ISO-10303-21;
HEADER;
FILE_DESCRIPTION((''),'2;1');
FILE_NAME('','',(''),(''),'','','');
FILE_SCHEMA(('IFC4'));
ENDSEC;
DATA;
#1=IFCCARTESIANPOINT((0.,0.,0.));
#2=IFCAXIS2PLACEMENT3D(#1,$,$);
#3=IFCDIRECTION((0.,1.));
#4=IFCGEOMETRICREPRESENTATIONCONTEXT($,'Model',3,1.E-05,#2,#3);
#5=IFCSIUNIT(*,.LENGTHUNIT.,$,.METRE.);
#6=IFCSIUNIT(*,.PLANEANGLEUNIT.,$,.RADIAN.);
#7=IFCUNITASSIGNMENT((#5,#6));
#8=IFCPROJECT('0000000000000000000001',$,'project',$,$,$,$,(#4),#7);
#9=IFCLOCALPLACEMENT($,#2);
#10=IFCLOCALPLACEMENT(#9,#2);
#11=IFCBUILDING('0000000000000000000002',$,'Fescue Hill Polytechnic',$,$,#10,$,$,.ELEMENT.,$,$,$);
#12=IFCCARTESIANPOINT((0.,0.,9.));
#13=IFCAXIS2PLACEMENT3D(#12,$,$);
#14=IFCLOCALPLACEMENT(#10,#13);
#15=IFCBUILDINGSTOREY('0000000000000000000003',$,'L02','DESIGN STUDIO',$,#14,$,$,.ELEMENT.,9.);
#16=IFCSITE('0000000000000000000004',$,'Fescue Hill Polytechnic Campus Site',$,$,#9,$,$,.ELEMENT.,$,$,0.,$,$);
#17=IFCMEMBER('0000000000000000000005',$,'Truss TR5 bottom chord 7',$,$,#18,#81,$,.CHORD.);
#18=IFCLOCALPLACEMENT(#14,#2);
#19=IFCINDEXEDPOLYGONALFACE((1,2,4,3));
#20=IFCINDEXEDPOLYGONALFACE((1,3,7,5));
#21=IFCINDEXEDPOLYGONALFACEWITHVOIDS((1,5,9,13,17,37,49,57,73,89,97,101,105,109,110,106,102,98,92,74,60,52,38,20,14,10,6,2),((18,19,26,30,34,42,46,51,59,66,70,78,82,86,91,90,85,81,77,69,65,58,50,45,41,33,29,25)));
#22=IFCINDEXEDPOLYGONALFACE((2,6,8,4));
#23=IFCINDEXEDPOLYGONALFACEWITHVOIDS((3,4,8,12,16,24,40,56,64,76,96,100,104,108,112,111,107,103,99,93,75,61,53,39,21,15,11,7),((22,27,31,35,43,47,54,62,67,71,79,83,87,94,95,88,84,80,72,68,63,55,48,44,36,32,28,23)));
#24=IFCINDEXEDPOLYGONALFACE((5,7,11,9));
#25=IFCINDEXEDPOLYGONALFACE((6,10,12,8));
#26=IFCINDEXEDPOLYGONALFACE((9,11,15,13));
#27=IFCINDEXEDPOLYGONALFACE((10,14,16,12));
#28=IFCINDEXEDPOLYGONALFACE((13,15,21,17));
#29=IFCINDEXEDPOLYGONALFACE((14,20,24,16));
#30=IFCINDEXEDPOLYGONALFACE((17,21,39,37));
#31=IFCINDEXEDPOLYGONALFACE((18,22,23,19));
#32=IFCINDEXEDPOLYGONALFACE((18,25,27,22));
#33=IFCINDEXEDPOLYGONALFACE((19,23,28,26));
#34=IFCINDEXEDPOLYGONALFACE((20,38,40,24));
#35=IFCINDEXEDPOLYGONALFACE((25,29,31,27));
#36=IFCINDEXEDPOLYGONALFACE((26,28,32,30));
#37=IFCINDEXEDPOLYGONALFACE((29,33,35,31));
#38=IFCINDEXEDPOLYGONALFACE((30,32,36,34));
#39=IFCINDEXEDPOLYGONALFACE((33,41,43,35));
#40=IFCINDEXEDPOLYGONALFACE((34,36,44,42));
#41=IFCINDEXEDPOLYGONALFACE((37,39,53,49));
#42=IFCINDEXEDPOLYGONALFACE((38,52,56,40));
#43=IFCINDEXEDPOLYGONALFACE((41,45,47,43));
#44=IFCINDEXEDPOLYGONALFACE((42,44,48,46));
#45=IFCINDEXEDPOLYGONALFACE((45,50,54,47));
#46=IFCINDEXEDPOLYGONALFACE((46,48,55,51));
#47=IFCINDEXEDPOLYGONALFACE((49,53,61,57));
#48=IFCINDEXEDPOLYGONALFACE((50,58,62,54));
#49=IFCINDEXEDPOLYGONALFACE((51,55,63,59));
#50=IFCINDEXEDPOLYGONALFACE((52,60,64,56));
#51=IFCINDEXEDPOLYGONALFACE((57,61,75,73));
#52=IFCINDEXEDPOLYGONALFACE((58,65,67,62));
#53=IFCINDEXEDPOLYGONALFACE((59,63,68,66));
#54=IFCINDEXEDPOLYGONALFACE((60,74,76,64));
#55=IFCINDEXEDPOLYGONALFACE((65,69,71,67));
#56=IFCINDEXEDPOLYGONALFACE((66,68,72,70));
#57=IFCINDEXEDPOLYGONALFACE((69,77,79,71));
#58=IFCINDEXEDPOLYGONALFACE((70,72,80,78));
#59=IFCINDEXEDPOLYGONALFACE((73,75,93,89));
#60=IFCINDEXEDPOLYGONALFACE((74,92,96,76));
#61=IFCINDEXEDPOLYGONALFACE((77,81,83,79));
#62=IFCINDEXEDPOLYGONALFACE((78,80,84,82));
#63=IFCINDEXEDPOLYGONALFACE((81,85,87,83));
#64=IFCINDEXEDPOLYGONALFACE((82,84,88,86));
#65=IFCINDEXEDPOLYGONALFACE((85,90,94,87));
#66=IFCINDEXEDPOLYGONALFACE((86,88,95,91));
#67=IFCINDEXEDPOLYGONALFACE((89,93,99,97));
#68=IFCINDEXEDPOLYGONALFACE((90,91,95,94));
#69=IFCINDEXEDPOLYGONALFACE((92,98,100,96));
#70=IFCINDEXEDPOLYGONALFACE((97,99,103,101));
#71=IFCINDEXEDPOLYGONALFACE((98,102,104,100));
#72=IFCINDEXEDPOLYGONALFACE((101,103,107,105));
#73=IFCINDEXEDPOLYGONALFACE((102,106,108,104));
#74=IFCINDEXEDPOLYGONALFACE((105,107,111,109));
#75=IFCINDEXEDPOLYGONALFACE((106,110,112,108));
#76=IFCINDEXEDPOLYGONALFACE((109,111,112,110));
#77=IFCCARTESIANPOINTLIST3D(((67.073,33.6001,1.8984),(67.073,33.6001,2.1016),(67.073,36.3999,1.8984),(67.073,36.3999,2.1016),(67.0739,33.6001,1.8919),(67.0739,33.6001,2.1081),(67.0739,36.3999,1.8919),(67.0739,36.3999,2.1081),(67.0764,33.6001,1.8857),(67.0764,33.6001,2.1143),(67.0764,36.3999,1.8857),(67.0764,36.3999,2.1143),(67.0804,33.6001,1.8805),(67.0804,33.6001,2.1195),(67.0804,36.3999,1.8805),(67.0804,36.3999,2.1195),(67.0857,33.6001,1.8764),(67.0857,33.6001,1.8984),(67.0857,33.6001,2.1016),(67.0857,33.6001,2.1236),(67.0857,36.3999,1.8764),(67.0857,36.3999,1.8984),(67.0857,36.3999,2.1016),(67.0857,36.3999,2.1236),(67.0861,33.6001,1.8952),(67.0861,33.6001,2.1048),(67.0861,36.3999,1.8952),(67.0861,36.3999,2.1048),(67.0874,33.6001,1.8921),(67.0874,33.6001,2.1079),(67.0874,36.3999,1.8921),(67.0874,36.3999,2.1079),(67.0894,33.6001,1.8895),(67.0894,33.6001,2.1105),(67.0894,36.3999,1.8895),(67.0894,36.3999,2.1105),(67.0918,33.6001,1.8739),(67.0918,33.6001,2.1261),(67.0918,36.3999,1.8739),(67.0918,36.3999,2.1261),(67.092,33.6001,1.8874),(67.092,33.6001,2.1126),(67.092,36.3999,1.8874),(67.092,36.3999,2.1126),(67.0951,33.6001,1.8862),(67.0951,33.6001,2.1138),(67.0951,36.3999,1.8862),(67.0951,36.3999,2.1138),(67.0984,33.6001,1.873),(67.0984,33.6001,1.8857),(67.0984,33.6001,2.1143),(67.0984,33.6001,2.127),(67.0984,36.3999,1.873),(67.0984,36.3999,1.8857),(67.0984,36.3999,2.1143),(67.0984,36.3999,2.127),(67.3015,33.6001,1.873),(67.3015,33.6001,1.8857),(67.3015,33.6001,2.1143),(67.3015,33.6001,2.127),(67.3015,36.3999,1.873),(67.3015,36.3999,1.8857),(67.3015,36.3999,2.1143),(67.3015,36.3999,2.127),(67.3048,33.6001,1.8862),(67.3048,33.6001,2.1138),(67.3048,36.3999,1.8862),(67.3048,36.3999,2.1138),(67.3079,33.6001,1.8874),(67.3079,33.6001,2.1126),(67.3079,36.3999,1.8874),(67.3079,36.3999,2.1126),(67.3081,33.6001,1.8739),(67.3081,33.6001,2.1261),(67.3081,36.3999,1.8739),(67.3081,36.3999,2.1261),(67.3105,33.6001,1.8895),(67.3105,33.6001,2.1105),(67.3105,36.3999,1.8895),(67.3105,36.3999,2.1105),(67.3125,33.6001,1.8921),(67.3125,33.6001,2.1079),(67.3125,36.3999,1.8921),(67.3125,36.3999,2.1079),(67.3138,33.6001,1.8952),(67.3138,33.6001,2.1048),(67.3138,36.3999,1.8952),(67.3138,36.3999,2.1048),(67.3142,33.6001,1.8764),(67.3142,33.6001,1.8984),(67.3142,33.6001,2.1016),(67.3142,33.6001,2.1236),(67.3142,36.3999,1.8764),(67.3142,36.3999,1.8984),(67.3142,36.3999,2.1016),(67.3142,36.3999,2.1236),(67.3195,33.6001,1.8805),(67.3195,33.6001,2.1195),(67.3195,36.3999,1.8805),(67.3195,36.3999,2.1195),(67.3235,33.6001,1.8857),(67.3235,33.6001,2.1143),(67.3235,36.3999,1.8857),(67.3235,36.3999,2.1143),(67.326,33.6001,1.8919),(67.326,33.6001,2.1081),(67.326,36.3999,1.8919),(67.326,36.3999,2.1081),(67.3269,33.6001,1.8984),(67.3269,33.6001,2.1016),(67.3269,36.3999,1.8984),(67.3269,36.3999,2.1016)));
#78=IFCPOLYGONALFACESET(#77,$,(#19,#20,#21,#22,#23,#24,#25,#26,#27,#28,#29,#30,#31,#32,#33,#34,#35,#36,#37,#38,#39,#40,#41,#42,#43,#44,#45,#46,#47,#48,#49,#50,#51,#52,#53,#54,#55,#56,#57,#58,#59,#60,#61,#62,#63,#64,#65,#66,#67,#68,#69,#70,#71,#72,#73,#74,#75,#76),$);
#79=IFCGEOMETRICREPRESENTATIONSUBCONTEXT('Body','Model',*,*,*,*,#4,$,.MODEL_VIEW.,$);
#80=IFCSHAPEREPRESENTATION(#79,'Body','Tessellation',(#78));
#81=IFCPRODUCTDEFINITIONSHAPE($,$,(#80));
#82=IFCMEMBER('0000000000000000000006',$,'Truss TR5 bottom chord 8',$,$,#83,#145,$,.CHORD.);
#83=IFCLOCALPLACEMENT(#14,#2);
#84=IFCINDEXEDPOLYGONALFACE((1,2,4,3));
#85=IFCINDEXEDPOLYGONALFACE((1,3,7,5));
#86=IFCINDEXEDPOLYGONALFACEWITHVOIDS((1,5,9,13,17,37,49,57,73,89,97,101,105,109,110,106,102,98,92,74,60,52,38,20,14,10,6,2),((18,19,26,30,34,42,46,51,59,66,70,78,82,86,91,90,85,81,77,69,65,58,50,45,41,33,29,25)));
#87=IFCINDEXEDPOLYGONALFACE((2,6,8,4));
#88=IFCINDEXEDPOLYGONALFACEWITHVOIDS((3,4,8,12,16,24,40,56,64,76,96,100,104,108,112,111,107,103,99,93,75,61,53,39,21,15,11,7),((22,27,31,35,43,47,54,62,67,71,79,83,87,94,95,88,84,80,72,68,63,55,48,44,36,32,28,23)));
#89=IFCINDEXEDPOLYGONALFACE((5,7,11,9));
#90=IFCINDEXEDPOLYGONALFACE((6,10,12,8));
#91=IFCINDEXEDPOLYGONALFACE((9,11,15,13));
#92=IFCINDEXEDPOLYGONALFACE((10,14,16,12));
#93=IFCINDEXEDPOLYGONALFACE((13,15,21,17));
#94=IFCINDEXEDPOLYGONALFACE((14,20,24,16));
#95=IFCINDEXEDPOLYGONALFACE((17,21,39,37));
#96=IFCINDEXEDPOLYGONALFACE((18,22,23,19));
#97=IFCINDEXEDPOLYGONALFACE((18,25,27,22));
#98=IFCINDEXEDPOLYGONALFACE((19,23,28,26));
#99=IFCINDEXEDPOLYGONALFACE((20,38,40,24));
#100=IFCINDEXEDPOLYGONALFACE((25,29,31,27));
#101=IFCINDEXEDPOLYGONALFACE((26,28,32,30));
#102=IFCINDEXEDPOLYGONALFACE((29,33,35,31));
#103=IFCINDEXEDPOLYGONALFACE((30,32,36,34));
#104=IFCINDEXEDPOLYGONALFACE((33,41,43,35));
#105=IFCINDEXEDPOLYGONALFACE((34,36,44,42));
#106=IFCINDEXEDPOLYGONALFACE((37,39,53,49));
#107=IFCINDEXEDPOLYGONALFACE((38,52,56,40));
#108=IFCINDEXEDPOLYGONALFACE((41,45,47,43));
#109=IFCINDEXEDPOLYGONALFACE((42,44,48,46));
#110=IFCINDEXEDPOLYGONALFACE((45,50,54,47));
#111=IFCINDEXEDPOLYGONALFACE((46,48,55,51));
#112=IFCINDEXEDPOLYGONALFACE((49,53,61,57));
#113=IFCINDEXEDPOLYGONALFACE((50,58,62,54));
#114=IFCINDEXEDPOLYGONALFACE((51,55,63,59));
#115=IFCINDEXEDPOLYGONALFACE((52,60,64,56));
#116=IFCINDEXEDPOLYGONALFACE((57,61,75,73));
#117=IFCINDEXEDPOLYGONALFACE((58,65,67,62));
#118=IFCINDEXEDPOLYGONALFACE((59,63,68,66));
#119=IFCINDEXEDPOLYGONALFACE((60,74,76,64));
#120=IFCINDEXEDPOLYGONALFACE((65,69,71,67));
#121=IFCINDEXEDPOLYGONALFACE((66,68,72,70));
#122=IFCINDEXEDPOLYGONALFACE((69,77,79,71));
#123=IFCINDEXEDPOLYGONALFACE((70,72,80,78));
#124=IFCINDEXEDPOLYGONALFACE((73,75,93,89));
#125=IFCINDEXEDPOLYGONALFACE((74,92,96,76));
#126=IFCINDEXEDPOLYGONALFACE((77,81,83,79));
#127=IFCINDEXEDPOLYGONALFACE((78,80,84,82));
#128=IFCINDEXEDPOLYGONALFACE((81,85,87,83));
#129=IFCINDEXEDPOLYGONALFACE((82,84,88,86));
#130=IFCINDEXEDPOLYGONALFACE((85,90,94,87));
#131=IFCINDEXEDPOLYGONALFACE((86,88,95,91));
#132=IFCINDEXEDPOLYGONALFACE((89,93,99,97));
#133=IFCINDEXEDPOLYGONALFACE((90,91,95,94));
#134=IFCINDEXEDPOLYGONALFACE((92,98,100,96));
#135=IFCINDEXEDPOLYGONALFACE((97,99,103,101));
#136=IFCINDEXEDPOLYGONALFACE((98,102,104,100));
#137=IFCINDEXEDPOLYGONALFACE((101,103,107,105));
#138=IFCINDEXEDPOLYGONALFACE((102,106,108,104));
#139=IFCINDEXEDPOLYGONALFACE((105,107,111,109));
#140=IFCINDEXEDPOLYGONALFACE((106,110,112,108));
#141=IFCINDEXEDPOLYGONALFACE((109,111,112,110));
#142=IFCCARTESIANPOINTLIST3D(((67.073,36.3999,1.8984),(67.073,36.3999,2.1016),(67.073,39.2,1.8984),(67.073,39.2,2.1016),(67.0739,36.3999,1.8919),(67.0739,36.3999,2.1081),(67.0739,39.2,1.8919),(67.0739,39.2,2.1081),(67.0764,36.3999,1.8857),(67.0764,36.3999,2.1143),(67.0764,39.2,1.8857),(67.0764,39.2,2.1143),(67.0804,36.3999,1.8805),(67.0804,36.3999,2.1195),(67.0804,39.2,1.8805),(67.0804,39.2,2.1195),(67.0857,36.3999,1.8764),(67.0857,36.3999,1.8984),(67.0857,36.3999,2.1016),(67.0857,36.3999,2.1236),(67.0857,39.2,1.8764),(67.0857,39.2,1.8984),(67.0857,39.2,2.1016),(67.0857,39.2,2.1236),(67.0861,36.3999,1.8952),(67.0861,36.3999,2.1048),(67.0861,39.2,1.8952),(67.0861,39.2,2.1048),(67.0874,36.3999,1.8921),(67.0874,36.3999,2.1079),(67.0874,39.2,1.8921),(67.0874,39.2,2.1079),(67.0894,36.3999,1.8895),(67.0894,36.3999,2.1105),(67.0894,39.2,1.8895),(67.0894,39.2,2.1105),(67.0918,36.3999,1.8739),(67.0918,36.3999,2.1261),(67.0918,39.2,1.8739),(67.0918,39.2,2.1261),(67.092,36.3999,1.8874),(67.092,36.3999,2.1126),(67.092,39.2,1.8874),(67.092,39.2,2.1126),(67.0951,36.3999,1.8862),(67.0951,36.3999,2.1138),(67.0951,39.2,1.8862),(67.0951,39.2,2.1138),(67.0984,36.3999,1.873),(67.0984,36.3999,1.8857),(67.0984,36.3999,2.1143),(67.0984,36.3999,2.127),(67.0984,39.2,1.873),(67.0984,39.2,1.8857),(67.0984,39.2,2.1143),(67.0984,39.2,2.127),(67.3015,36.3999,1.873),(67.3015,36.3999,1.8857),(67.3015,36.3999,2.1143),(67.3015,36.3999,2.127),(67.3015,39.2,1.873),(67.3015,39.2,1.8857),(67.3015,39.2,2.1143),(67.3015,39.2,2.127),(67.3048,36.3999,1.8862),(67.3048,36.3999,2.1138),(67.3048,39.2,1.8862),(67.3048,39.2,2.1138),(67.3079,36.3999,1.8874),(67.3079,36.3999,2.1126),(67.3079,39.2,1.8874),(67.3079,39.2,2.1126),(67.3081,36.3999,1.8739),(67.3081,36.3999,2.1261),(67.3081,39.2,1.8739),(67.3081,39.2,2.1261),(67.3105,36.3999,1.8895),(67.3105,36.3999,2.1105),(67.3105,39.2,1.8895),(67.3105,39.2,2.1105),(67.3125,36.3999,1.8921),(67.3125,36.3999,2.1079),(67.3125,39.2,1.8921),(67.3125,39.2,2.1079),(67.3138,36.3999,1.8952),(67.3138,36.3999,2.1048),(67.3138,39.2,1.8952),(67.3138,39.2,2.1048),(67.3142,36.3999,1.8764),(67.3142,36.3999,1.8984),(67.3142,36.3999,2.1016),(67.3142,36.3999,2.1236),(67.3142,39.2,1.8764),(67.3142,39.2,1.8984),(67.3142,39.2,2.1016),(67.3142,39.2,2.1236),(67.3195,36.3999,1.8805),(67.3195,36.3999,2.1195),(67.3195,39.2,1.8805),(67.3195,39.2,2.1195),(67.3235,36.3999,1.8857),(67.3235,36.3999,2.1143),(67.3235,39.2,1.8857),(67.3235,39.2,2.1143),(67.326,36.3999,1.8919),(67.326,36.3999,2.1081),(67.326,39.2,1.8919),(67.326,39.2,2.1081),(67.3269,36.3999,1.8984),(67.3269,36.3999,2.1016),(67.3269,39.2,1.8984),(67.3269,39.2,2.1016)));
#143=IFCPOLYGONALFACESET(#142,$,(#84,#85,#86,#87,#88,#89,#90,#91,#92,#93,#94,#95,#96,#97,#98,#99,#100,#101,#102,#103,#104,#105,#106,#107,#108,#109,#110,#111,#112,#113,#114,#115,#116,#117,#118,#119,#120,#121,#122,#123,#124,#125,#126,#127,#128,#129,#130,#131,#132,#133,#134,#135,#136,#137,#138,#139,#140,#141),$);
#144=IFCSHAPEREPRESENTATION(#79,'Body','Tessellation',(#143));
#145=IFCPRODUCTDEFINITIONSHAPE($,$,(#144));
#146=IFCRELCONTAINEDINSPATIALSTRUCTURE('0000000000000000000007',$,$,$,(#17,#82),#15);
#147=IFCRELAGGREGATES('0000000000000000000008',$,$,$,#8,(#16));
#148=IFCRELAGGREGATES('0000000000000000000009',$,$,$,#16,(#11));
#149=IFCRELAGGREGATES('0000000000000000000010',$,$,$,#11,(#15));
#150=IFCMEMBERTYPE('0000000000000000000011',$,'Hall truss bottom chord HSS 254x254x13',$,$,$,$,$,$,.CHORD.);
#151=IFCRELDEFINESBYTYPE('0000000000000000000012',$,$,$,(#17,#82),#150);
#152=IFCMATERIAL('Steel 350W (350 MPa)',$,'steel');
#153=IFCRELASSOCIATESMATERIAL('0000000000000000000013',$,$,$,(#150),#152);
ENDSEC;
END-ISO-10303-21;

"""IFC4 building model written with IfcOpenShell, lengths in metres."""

from ifc_helpers import new_model, si_unit, direction, frame, origin, origin_2d, place, context, subcontext, project, spatial, hollow_rectangle, extrude, material, material_profile, profile_set, type_object, element, save


model = new_model("IFC4")

# Units and contexts
model_context = context("Model", 3, precision=1e-05, world=origin(), true_north=direction((0.0, 1.0)))
body_context = subcontext(model_context, "Body", "Model", "MODEL_VIEW")
ifc_project = project(units=[si_unit("LENGTHUNIT", "METRE"), si_unit("PLANEANGLEUNIT", "RADIAN")], contexts=[model_context])

# Site, building, storey
site_placement = place(None, origin())
site = spatial("IfcSite", under=ifc_project, at=site_placement, Name="Fescue Hill Polytechnic Campus Site", CompositionType="ELEMENT", RefElevation=0.0)
building_placement = place(site_placement, origin())
building = spatial("IfcBuilding", under=site, at=building_placement, Name="Fescue Hill Polytechnic", CompositionType="ELEMENT")
storey_placement = place(building_placement, frame((0.0, 0.0, 9.0)))
storey = spatial("IfcBuildingStorey", under=building, at=storey_placement, Name="L02", Description="DESIGN STUDIO", CompositionType="ELEMENT", Elevation=9.0)

# Members
ifc_material = material(Name="Steel 350W (350 MPa)", Category="steel")
ifc_material_profile_1 = material_profile(ifc_material, hollow_rectangle(XDim=0.2539, YDim=0.2539, WallThickness=0.0127, InnerFilletRadius=0.0127, OuterFilletRadius=0.0254, at=origin_2d()), Name="Hall truss bottom chord HSS 254x254x13")
ifc_profile_set_1 = profile_set([ifc_material_profile_1], Name="Steel 350W (350 MPa)")
member_type_1 = type_object("IfcMemberType", Name="Hall truss bottom chord HSS 254x254x13", PredefinedType="CHORD", material=ifc_profile_set_1)
member_1_placement = place(storey_placement, frame((67.2, 33.6001, 2.0), z_axis=(0.0, 1.0, 0.0), x_axis=(-1.0, 0.0, 0.0)))
element("IfcMember", 1, at=member_1_placement, inside=storey, type_object=member_type_1, Name="Truss TR5 bottom chord 7", PredefinedType="CHORD", context=body_context, shape_type="SweptSolid", body=[
    extrude(hollow_rectangle(XDim=0.2539, YDim=0.2539, WallThickness=0.0127, InnerFilletRadius=0.0127, OuterFilletRadius=0.0254, at=origin_2d()), origin(), (0.0, 0.0, 1.0), 2.7998),
])
for number, where, z_axis, x_axis, name in (
    (2, (67.2, 36.3999, 2.0), (0.0, 1.0, 0.0), (-1.0, 0.0, 0.0), "Truss TR5 bottom chord 8"),
):
    element("IfcMember", number, at=place(storey_placement, frame(where, z_axis=z_axis, x_axis=x_axis)), inside=storey, type_object=member_type_1, Name=name, PredefinedType="CHORD", context=body_context, shape_type="SweptSolid", body=[
        extrude(hollow_rectangle(XDim=0.2539, YDim=0.2539, WallThickness=0.0127, InnerFilletRadius=0.0127, OuterFilletRadius=0.0254, at=origin_2d()), origin(), (0.0, 0.0, 1.0), 2.8),
    ])

save(model, "model.ifc")
